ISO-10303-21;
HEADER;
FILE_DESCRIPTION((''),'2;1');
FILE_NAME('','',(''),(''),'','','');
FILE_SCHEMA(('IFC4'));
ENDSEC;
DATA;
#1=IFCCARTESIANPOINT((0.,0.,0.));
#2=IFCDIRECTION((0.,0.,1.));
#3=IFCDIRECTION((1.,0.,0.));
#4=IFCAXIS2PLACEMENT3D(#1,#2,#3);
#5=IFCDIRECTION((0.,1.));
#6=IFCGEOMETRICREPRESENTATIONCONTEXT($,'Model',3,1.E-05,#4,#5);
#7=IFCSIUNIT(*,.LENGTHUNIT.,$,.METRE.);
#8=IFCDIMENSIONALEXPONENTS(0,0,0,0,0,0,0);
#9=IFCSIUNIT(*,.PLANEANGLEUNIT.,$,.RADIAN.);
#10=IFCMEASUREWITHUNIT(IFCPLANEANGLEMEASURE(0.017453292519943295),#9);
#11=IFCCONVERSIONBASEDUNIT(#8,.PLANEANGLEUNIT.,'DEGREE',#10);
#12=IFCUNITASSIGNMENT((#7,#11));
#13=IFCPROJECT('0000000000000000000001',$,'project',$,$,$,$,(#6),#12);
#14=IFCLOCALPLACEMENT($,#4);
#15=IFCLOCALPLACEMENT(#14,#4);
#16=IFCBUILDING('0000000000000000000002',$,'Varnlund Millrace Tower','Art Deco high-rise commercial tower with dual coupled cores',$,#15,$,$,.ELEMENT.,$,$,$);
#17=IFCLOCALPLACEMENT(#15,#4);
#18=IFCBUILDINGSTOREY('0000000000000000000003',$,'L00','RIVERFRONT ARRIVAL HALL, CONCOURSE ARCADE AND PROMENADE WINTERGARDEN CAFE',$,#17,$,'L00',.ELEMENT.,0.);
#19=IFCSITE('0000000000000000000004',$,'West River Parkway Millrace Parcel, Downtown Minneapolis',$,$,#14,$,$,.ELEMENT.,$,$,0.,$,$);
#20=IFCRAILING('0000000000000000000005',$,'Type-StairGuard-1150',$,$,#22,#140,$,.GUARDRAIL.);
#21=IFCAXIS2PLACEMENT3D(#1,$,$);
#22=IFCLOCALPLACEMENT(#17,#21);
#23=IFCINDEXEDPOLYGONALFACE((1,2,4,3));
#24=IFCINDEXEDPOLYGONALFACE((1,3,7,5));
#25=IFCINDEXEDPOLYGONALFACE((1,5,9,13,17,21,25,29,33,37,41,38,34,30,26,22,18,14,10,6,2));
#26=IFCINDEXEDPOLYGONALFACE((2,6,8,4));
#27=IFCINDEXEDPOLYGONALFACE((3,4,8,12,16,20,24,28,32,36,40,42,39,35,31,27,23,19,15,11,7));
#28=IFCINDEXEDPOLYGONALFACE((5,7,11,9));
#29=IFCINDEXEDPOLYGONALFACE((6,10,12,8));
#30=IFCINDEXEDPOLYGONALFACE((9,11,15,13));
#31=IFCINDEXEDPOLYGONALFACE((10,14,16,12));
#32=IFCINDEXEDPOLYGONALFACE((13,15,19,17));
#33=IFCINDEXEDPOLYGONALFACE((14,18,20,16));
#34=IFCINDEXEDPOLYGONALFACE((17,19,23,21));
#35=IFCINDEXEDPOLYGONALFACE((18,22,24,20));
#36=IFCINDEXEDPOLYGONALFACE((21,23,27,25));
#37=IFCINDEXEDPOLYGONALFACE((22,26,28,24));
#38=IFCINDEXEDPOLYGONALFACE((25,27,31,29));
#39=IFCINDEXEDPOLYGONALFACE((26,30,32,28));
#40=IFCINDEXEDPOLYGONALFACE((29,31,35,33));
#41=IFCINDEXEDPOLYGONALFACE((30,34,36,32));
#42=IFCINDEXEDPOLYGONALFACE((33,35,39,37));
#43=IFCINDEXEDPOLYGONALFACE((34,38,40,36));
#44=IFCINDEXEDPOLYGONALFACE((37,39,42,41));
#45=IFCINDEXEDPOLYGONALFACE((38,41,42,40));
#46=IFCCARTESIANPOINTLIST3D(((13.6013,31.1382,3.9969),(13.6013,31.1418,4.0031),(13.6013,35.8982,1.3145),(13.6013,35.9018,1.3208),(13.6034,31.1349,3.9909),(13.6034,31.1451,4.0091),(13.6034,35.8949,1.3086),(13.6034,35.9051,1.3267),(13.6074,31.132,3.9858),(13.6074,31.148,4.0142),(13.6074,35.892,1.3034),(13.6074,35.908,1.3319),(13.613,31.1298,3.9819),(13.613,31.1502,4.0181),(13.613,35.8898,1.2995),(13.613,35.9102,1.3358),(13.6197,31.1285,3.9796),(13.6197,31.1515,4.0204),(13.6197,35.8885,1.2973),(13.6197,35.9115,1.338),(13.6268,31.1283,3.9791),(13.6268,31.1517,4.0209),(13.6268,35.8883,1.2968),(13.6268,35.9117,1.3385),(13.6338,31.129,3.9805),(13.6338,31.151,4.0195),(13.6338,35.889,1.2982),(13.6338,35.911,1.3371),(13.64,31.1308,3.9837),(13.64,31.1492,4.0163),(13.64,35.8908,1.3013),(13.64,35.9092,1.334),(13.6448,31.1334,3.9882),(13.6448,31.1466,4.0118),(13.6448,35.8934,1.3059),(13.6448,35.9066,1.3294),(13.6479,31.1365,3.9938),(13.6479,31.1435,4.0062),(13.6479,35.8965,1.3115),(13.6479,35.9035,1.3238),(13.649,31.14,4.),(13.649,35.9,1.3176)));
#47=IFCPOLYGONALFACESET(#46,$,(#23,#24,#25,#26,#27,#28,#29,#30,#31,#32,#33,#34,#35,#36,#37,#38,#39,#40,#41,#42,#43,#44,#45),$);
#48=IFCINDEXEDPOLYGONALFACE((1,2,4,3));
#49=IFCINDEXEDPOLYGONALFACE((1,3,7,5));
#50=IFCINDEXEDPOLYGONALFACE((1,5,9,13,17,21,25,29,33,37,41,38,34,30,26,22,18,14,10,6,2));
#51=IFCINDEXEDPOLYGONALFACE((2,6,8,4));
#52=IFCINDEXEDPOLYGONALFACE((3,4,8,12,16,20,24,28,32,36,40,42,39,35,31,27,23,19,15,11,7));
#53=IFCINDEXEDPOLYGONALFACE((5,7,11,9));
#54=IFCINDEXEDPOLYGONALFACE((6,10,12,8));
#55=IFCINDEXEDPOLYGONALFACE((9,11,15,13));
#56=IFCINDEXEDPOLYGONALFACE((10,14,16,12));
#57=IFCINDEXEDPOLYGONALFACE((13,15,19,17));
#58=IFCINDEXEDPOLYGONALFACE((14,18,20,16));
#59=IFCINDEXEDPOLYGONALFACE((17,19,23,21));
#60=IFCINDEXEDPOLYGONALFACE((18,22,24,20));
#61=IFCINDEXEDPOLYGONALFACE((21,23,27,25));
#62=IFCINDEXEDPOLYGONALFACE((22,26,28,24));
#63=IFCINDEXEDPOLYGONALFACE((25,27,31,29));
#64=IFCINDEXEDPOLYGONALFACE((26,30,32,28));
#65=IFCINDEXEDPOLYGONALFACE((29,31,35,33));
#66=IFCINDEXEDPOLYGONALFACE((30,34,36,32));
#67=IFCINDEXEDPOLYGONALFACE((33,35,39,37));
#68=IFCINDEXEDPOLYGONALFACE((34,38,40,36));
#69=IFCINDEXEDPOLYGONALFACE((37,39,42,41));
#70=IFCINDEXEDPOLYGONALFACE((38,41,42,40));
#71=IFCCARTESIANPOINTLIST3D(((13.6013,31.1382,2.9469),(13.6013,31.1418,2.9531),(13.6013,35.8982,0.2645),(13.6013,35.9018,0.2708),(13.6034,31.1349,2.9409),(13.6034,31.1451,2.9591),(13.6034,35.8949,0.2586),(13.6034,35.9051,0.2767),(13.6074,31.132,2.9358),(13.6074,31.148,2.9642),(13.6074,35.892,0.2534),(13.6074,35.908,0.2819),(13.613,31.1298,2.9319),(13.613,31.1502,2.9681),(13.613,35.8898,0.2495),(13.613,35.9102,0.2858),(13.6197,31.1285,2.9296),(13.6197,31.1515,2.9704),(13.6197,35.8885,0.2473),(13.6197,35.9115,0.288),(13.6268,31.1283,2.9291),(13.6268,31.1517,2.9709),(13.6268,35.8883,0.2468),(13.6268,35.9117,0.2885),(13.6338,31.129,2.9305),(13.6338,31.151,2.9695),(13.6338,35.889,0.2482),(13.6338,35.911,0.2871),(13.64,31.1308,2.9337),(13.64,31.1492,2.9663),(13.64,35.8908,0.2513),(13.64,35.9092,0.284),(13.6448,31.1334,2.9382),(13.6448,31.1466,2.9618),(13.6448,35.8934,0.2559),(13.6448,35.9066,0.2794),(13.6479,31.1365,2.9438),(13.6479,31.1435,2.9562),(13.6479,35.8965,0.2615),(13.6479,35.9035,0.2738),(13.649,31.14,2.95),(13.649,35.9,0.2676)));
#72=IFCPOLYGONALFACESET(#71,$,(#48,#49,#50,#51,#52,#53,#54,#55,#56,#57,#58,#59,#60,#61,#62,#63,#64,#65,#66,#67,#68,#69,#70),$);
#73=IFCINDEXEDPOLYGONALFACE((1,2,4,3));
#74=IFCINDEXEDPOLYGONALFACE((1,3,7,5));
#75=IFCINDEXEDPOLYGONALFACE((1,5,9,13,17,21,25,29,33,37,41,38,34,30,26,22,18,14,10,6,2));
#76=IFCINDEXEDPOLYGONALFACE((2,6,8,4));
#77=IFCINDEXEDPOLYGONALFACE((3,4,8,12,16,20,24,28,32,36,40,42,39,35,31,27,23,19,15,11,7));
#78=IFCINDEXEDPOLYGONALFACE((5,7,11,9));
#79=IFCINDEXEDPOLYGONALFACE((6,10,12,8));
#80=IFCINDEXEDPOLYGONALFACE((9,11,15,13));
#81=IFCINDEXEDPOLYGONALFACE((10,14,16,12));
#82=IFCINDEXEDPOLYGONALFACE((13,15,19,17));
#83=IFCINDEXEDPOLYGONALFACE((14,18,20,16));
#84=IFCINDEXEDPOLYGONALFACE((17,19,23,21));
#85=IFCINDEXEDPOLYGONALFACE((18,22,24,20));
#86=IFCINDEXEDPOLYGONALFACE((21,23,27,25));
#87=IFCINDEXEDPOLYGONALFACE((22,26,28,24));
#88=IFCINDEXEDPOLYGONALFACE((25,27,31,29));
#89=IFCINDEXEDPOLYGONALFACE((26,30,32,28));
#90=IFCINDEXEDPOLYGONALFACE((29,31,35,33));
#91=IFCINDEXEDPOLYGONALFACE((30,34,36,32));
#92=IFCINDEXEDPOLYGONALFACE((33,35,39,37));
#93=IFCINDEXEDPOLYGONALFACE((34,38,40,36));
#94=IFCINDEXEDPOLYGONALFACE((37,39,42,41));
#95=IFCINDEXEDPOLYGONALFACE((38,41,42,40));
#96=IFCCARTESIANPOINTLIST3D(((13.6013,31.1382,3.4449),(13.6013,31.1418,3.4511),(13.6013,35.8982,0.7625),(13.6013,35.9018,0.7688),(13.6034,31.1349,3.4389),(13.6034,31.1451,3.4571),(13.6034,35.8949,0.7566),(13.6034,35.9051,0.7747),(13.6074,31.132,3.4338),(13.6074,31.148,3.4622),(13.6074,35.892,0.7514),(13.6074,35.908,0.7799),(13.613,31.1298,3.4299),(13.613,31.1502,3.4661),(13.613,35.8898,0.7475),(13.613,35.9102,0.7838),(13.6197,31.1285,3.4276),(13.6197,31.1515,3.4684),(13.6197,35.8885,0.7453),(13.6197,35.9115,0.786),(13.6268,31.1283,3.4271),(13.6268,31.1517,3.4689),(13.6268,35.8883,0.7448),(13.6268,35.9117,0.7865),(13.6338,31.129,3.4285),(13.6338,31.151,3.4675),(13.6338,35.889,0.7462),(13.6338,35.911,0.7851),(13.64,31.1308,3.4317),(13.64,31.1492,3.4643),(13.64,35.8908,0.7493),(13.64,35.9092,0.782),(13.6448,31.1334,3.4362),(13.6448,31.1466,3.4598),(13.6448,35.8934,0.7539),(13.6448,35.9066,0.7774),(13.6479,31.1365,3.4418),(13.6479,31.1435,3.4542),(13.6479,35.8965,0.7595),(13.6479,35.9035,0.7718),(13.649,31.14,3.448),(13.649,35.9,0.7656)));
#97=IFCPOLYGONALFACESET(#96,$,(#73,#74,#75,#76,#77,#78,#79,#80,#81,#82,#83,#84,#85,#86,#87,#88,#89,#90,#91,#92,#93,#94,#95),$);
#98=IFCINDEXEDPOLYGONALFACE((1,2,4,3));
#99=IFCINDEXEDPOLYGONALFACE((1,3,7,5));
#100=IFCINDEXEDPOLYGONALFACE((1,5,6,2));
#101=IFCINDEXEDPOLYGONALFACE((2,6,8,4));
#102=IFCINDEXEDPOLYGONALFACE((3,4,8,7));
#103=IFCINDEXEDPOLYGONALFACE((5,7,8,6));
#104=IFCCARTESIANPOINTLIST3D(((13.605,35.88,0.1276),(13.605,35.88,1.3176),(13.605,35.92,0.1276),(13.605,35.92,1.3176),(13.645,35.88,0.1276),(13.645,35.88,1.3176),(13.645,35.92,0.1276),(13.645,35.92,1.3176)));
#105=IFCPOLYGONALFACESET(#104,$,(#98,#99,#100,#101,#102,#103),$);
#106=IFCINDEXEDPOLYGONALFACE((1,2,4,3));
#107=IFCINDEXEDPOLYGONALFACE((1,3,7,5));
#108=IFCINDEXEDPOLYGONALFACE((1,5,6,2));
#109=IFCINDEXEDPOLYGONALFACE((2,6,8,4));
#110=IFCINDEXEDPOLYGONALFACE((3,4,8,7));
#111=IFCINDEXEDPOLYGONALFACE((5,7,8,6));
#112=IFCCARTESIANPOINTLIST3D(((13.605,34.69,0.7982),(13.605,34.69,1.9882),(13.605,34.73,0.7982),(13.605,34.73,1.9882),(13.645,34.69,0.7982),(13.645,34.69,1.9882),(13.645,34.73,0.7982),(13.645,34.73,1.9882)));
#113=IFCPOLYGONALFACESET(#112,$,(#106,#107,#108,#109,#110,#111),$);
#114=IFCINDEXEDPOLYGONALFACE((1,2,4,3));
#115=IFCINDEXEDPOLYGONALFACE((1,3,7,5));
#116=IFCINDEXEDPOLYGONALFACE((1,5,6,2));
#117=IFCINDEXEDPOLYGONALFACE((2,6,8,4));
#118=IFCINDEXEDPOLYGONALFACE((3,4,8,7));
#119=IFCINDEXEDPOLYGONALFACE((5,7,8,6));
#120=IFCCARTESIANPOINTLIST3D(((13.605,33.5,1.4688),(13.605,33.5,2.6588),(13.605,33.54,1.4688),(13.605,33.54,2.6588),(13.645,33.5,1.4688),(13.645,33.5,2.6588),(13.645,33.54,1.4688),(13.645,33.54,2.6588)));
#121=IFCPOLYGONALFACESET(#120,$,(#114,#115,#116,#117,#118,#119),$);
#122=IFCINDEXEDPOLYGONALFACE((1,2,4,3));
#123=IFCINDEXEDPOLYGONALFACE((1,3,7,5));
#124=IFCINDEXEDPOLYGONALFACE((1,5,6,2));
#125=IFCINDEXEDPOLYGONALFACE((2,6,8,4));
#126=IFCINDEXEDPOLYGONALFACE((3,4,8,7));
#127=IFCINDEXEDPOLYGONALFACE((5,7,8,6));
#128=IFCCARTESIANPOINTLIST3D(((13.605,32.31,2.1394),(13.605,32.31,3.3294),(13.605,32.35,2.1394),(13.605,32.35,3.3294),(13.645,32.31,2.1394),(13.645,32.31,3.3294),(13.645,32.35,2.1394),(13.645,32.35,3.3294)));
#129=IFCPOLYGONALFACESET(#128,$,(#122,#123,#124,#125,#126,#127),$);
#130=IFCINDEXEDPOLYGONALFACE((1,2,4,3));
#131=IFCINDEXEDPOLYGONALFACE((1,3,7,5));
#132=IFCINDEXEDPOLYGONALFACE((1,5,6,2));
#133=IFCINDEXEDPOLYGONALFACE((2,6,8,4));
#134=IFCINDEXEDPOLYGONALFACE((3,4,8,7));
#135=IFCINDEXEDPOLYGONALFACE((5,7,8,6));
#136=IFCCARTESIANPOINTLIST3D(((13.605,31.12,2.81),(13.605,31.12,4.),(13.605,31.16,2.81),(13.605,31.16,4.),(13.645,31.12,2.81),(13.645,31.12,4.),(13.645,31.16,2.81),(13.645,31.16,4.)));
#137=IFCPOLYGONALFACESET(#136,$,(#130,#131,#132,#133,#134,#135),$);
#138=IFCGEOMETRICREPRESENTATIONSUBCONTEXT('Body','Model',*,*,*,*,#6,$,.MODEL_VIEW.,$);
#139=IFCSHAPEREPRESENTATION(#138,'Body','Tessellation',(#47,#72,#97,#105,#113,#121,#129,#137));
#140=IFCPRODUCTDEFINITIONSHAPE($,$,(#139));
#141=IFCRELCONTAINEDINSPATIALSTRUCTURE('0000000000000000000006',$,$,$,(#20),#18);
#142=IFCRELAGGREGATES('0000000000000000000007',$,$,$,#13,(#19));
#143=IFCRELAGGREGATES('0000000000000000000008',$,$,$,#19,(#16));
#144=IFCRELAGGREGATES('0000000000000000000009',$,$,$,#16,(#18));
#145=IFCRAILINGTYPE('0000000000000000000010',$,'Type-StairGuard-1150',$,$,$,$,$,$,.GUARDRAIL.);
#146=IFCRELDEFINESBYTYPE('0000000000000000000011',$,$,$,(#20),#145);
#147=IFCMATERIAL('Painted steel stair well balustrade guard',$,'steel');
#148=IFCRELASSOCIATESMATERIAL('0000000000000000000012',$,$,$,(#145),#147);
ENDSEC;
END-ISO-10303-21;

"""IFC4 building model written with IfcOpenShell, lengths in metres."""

from ifc_helpers import new_model, entity, si_unit, converted_unit, direction, frame, origin_with_axes, origin_2d_with_axis, place, context, subcontext, project, spatial, rectangle, circle, extrude, material, type_object, element, save


model = new_model("IFC4")

# Units and contexts
model_context = context("Model", 3, precision=1e-05, world=origin_with_axes(), true_north=direction((0.0, 1.0)))
body_context = subcontext(model_context, "Body", "Model", "MODEL_VIEW")
ifc_project = project(units=[si_unit("LENGTHUNIT", "METRE"), converted_unit("PLANEANGLEUNIT", "DEGREE", entity("IfcPlaneAngleMeasure", 0.017453292519943295), si_unit("PLANEANGLEUNIT", "RADIAN"), dimensions=[0, 0, 0, 0, 0, 0, 0])], contexts=[model_context])

# Site, building, storey
site_placement = place(None, origin_with_axes())
site = spatial("IfcSite", under=ifc_project, at=site_placement, Name="West River Parkway Millrace Parcel, Downtown Minneapolis", CompositionType="ELEMENT", RefElevation=0.0)
building_placement = place(site_placement, origin_with_axes())
building = spatial("IfcBuilding", under=site, at=building_placement, Name="Varnlund Millrace Tower", Description="Art Deco high-rise commercial tower with dual coupled cores", CompositionType="ELEMENT")
storey_placement = place(building_placement, origin_with_axes())
storey = spatial("IfcBuildingStorey", under=building, at=storey_placement, Name="L00", Description="RIVERFRONT ARRIVAL HALL, CONCOURSE ARCADE AND PROMENADE WINTERGARDEN CAFE", LongName="L00", CompositionType="ELEMENT", Elevation=0.0)

# Railing
ifc_material_1 = material(Name="Painted steel stair well balustrade guard", Category="steel")
railing_type_1 = type_object("IfcRailingType", Name="Type-StairGuard-1150", PredefinedType="GUARDRAIL", material=ifc_material_1)
railing_1_placement = place(storey_placement, origin_with_axes())
element("IfcRailing", 1, at=railing_1_placement, inside=storey, type_object=railing_type_1, Name="Type-StairGuard-1150", PredefinedType="GUARDRAIL", context=body_context, shape_type="SweptSolid", body=[
    extrude(circle(Radius=0.024, at=origin_2d_with_axis()), frame((13.625, 35.9, 1.3176), z_axis=(0.0, -0.871196, 0.490936), x_axis=(1.0, 0.0, 0.0)), (0.0, 0.0, 1.0), 5.4638),
    extrude(circle(Radius=0.024, at=origin_2d_with_axis()), frame((13.625, 35.9, 0.2676), z_axis=(0.0, -0.871196, 0.490936), x_axis=(1.0, 0.0, 0.0)), (0.0, 0.0, 1.0), 5.4638),
    extrude(circle(Radius=0.024, at=origin_2d_with_axis()), frame((13.625, 35.9, 0.7656), z_axis=(0.0, -0.871196, 0.490936), x_axis=(1.0, 0.0, 0.0)), (0.0, 0.0, 1.0), 5.4638),
    extrude(rectangle(XDim=0.04, YDim=0.04, at=origin_2d_with_axis()), frame((13.625, 35.9, 0.1276), z_axis=(0.0, 0.0, 1.0), x_axis=(1.0, 0.0, 0.0)), (0.0, 0.0, 1.0), 1.19),
    extrude(rectangle(XDim=0.04, YDim=0.04, at=origin_2d_with_axis()), frame((13.625, 34.71, 0.7982), z_axis=(0.0, 0.0, 1.0), x_axis=(1.0, 0.0, 0.0)), (0.0, 0.0, 1.0), 1.19),
    extrude(rectangle(XDim=0.04, YDim=0.04, at=origin_2d_with_axis()), frame((13.625, 33.52, 1.4688), z_axis=(0.0, 0.0, 1.0), x_axis=(1.0, 0.0, 0.0)), (0.0, 0.0, 1.0), 1.19),
    extrude(rectangle(XDim=0.04, YDim=0.04, at=origin_2d_with_axis()), frame((13.625, 32.33, 2.1394), z_axis=(0.0, 0.0, 1.0), x_axis=(1.0, 0.0, 0.0)), (0.0, 0.0, 1.0), 1.19),
    extrude(rectangle(XDim=0.04, YDim=0.04, at=origin_2d_with_axis()), frame((13.625, 31.14, 2.81), z_axis=(0.0, 0.0, 1.0), x_axis=(1.0, 0.0, 0.0)), (0.0, 0.0, 1.0), 1.19),
])

save(model, "model.ifc")
